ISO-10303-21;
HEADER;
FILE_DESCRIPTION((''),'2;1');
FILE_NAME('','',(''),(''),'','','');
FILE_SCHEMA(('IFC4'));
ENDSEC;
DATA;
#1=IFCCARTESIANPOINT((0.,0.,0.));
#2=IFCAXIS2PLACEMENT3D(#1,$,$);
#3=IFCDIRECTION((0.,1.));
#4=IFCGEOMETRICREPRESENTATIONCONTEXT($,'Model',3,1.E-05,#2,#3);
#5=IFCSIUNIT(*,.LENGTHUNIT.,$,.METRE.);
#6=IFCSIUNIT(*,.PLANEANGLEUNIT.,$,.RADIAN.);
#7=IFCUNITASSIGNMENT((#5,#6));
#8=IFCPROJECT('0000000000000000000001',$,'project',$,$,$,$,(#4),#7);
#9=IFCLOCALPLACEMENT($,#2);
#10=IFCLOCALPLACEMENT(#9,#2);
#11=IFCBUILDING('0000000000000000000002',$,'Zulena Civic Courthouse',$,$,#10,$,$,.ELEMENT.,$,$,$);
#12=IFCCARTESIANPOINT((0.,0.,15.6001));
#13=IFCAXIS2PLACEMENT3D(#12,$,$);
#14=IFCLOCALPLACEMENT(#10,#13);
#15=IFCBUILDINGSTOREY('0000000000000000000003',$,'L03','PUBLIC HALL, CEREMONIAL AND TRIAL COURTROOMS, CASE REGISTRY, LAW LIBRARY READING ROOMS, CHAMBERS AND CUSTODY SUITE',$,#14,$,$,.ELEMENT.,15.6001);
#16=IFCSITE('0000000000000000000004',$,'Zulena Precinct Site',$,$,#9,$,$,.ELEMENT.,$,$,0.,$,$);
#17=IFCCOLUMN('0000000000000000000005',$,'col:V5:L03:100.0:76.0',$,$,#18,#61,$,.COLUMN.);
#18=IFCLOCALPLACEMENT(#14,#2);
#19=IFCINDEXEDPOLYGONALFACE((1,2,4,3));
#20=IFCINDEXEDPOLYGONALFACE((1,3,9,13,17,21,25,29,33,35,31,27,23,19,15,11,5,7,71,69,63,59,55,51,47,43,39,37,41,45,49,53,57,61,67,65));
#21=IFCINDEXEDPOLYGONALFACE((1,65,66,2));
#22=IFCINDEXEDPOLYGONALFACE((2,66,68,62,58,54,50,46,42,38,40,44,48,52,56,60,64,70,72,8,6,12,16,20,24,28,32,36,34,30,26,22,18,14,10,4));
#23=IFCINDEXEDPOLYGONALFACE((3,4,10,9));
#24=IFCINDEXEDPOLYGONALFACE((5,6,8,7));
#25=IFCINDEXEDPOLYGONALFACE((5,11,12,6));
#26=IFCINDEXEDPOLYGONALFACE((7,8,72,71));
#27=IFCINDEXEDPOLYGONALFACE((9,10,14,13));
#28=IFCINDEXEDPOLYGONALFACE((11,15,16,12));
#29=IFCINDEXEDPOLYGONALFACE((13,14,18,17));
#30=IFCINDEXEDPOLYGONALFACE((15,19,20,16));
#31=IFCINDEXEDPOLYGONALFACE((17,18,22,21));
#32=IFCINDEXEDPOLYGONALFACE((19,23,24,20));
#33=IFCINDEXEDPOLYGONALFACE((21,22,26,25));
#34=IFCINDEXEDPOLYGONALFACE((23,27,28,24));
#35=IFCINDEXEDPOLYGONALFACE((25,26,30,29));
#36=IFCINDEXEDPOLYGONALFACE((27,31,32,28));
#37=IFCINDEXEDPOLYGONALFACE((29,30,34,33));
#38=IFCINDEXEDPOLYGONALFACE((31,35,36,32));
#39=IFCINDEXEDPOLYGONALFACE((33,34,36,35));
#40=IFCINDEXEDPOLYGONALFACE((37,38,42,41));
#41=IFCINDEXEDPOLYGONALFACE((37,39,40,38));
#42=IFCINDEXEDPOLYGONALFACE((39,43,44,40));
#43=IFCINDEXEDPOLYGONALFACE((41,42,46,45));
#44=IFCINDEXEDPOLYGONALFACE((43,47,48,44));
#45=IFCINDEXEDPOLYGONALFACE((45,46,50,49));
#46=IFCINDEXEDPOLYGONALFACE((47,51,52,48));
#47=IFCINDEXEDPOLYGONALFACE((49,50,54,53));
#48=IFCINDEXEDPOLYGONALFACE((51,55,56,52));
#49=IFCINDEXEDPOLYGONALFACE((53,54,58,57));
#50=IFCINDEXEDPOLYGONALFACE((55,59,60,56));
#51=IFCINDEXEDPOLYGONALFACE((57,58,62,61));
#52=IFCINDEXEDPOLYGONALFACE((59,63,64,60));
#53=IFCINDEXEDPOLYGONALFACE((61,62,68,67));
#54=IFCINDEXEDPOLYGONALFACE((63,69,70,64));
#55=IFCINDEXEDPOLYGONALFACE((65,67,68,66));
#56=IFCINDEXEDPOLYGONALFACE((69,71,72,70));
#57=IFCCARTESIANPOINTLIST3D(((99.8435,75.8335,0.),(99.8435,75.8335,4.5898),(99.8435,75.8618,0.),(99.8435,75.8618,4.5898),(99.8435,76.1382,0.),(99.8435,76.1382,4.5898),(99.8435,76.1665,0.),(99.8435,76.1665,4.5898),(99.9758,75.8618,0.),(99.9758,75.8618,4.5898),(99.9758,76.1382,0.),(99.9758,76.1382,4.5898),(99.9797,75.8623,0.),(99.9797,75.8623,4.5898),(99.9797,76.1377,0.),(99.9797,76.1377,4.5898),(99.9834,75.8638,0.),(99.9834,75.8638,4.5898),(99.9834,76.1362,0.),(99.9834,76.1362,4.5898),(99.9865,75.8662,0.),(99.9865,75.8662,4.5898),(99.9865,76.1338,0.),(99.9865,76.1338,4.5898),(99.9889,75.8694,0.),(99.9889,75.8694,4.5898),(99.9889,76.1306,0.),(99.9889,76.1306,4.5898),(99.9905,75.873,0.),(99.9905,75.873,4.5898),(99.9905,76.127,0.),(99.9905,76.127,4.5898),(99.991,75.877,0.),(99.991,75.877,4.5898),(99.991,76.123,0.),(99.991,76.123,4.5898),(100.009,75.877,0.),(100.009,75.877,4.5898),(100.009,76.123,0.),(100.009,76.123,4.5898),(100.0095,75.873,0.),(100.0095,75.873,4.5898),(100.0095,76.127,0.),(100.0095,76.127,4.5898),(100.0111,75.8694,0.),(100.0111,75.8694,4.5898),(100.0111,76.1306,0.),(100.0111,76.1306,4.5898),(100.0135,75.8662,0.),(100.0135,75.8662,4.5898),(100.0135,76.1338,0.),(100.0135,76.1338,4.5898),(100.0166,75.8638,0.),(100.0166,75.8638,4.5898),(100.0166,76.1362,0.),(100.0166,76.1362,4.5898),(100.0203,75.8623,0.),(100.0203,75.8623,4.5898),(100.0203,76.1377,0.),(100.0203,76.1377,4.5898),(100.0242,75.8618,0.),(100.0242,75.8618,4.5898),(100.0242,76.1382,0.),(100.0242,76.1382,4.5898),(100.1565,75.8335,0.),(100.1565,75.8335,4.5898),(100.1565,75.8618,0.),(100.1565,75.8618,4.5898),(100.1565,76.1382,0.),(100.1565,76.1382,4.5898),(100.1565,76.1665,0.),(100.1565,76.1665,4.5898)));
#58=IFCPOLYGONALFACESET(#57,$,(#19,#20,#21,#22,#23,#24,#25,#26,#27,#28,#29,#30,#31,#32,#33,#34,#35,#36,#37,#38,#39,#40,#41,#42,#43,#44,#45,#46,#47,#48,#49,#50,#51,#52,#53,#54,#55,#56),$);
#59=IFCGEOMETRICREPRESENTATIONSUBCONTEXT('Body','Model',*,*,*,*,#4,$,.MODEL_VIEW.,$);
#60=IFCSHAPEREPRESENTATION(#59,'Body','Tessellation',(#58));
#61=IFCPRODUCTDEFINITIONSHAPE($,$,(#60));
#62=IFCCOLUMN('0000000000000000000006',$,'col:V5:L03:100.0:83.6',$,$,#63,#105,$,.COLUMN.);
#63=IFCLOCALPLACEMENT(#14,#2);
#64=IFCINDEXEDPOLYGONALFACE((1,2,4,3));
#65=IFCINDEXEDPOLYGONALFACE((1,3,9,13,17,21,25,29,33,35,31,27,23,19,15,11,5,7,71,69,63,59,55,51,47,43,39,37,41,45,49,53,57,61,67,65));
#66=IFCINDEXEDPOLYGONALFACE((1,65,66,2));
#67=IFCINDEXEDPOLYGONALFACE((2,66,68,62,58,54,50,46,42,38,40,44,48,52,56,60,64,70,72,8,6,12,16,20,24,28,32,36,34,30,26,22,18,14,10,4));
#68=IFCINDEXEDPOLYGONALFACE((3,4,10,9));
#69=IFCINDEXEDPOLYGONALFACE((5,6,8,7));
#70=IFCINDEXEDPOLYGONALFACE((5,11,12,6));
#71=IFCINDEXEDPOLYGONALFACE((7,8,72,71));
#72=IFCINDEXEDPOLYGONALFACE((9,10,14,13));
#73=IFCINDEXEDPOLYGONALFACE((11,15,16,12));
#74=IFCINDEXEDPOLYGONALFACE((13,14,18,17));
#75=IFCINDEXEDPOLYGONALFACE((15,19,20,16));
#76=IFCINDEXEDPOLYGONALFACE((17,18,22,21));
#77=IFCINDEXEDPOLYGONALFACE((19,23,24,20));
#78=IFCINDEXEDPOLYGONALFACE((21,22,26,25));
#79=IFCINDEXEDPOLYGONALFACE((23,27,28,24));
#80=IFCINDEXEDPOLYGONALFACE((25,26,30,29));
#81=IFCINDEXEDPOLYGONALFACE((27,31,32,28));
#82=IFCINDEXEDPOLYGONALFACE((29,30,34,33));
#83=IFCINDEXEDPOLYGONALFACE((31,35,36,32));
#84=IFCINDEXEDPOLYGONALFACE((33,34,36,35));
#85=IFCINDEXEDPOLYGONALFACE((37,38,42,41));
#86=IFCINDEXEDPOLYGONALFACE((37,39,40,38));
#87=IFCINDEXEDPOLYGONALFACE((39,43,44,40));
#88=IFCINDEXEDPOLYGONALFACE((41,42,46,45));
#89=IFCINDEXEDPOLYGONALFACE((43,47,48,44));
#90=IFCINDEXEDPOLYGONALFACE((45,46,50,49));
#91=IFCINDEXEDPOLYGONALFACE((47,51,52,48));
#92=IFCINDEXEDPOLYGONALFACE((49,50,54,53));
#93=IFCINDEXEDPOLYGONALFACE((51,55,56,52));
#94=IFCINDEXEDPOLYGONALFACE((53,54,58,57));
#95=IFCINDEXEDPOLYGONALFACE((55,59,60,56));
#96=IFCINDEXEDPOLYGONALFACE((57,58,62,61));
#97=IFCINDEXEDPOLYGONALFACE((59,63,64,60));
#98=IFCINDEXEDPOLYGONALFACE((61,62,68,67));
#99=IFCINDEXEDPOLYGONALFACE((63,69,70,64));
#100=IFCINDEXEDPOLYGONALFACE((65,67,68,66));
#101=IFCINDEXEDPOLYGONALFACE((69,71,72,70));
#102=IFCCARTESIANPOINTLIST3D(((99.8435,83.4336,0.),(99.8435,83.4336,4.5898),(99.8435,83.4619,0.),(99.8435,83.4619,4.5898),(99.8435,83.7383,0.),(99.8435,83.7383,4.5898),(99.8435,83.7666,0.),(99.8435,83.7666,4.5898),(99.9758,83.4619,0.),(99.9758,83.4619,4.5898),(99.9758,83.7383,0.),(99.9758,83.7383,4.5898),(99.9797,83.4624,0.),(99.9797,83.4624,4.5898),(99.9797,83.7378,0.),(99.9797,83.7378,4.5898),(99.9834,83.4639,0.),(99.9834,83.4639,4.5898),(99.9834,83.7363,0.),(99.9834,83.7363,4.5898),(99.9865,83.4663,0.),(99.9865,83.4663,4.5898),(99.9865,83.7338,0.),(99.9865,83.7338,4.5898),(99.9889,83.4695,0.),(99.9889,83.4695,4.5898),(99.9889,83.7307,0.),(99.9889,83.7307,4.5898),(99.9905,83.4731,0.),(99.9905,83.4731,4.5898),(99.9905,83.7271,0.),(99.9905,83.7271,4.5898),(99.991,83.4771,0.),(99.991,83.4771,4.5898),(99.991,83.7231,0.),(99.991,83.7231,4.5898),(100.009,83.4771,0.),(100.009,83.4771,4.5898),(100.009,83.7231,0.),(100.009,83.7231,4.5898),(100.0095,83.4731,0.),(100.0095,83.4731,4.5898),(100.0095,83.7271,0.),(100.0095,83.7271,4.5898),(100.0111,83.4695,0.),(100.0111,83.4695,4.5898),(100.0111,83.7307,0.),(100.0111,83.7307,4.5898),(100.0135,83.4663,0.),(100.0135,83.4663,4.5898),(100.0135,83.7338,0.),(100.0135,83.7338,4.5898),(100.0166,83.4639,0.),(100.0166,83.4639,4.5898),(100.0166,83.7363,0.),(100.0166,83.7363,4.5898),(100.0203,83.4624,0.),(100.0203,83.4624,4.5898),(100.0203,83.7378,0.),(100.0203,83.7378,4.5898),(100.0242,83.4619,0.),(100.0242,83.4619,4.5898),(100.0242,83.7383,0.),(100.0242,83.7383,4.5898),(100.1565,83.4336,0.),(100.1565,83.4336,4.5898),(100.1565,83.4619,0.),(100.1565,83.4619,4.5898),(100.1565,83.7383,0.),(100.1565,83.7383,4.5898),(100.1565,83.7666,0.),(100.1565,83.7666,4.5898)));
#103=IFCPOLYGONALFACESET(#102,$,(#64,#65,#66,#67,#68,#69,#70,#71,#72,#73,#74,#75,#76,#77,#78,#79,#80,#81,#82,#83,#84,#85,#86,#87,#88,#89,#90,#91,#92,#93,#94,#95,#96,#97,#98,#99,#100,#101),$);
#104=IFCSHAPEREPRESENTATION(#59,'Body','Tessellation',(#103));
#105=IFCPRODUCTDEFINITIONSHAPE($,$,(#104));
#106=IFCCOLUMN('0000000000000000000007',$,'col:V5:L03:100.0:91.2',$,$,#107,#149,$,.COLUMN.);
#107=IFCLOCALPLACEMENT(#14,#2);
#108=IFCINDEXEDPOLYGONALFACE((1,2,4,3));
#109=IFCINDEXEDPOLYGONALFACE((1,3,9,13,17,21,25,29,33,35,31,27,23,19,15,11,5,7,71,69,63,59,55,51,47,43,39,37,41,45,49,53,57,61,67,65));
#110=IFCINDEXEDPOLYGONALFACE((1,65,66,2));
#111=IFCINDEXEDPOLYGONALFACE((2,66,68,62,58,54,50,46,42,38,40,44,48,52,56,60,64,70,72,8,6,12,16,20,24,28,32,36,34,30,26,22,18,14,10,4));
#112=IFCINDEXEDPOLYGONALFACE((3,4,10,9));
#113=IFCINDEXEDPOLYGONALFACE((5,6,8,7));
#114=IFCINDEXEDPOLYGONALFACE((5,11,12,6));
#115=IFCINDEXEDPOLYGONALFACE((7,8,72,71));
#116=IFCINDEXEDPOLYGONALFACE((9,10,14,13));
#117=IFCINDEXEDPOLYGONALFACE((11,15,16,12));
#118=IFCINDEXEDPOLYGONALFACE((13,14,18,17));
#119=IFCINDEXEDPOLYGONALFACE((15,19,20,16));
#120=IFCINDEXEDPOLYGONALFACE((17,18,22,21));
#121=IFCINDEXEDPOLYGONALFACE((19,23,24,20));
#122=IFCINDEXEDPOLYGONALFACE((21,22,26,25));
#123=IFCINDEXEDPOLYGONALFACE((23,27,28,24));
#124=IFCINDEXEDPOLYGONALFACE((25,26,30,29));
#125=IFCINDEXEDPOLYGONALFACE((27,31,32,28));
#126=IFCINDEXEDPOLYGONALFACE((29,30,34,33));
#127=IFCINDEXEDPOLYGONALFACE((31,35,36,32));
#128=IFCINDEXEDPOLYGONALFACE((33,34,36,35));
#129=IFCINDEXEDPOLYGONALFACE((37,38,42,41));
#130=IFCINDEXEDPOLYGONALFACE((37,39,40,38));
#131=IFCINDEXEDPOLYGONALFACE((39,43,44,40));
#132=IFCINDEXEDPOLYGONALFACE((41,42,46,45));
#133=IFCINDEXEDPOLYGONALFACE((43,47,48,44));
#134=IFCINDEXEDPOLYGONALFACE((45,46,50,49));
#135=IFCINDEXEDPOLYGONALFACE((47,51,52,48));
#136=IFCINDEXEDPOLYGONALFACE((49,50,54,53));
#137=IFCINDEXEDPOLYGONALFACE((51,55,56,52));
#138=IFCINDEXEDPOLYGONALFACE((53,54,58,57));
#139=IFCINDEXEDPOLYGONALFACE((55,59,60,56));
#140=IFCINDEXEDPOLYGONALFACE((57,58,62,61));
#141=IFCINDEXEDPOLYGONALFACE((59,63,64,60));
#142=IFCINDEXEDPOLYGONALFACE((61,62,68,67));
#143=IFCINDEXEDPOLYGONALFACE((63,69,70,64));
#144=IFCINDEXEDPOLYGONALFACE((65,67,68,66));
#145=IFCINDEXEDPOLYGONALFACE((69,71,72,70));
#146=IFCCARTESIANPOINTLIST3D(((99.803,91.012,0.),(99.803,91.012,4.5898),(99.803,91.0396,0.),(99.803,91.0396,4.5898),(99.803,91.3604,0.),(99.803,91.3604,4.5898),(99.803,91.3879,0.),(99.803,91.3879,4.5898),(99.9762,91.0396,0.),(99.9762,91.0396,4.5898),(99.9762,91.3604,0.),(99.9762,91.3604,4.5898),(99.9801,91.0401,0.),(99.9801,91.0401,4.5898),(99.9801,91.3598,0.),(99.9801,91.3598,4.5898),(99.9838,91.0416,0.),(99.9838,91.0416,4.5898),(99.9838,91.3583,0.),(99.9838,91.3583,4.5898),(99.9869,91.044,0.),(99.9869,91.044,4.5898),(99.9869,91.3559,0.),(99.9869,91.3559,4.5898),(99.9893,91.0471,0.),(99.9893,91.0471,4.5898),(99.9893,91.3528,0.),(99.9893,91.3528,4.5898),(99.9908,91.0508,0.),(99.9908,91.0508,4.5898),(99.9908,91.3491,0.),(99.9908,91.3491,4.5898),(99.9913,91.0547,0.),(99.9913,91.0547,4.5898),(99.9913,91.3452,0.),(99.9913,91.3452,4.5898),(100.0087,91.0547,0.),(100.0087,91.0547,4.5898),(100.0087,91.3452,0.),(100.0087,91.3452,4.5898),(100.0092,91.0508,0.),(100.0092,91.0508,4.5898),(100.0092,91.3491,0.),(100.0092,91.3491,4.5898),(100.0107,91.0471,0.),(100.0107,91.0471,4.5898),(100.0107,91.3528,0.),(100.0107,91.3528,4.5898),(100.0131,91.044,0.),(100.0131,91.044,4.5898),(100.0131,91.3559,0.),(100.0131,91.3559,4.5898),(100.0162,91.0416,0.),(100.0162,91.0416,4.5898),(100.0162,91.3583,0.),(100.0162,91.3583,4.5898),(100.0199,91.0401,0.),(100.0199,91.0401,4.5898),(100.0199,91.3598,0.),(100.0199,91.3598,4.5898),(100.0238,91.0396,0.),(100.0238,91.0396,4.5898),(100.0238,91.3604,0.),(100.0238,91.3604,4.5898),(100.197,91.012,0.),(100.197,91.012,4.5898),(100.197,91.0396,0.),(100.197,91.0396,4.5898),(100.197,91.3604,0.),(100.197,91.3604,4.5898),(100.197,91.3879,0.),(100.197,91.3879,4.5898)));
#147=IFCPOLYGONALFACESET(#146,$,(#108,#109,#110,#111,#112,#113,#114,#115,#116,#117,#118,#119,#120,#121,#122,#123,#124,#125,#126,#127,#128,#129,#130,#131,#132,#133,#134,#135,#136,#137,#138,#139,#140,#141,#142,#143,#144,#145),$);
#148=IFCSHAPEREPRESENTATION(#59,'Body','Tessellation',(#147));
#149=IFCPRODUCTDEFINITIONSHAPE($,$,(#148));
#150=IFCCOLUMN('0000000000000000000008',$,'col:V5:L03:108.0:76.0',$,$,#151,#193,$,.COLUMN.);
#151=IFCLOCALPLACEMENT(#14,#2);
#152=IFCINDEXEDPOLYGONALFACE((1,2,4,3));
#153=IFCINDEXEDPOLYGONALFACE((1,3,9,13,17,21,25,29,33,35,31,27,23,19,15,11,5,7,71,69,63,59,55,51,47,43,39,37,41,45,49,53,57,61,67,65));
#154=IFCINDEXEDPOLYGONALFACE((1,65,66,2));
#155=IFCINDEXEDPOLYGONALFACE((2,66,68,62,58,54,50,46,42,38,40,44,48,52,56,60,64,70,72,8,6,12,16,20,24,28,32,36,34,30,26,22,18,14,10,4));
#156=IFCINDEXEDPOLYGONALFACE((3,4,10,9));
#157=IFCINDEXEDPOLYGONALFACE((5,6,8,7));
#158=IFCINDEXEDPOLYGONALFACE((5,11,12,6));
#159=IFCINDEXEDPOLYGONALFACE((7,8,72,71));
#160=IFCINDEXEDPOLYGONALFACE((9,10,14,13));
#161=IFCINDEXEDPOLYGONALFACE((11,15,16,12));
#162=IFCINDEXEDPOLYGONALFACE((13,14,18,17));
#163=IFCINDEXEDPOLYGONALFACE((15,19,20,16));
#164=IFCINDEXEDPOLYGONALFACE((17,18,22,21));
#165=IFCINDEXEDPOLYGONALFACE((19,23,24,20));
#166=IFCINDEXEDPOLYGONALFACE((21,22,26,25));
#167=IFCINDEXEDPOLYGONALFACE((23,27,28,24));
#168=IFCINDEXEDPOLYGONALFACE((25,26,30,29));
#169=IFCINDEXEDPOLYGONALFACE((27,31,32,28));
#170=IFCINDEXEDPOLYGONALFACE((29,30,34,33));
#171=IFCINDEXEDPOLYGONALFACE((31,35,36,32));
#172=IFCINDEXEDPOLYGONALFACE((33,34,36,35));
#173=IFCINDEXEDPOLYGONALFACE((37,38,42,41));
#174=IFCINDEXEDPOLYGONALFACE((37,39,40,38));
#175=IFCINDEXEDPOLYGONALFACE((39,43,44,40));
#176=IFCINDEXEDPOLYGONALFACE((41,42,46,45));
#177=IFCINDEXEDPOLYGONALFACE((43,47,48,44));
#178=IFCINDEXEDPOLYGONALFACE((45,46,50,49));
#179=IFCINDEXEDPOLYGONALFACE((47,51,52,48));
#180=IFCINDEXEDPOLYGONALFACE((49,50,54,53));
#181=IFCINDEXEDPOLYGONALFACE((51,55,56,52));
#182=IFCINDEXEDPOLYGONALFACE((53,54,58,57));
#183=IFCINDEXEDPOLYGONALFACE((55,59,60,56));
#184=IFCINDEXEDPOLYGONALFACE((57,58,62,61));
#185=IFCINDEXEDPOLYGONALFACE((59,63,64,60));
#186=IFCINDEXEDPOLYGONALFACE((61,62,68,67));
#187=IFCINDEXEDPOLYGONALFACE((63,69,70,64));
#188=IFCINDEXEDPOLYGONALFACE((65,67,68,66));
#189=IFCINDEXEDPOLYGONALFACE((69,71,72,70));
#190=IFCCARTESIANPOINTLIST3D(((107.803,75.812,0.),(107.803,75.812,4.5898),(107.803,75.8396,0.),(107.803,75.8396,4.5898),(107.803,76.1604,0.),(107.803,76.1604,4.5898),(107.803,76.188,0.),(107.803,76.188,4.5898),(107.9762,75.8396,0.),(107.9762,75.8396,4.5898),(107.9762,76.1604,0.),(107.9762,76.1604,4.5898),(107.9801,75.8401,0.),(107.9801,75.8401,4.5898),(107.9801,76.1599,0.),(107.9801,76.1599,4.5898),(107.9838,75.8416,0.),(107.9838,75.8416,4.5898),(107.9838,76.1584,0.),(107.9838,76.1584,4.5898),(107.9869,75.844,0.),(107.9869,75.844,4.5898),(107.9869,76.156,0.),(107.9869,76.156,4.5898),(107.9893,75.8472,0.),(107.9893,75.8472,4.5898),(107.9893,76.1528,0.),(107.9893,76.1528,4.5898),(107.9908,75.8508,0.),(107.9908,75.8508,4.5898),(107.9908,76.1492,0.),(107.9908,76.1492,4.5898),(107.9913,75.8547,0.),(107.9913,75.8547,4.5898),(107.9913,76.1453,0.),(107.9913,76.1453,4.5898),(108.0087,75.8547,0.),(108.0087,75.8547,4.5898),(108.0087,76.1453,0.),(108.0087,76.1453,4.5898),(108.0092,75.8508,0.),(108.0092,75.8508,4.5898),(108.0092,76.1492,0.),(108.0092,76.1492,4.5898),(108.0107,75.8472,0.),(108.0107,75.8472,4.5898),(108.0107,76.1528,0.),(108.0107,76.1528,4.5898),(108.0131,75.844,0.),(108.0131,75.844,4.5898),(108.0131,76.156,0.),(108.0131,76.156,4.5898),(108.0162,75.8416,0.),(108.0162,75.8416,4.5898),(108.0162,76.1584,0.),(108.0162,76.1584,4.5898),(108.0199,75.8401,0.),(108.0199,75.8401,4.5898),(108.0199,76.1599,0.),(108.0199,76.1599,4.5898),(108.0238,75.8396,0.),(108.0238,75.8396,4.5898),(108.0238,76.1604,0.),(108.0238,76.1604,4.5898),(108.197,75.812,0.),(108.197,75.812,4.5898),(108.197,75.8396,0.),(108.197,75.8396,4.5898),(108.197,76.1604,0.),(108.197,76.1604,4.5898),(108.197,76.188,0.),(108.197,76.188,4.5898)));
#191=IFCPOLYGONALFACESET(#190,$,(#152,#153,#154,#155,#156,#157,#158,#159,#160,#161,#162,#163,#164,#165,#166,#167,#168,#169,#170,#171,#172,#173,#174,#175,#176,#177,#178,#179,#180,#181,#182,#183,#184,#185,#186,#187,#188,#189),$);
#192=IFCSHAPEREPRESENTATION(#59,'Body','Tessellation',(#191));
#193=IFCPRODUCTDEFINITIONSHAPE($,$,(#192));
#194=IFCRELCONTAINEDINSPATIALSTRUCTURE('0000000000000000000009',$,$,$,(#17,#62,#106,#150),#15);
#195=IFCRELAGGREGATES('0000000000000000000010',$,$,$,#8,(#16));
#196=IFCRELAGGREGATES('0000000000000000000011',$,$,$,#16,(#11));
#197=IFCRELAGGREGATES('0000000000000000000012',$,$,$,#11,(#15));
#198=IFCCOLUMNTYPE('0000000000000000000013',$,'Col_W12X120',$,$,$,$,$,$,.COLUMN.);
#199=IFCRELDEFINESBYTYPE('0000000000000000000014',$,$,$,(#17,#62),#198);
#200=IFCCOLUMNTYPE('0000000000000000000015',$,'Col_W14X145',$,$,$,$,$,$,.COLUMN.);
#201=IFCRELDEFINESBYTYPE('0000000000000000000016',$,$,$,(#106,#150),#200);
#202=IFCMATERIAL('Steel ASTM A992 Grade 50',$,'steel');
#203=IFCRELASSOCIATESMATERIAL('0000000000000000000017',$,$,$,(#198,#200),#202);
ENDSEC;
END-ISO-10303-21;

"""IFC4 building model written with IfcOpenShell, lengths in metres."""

from ifc_helpers import new_model, si_unit, direction, frame, origin, origin_2d, place, context, subcontext, project, spatial, i_section, extrude, material, material_profile, profile_set, type_object, element, save


model = new_model("IFC4")

# Units and contexts
model_context = context("Model", 3, precision=1e-05, world=origin(), true_north=direction((0.0, 1.0)))
body_context = subcontext(model_context, "Body", "Model", "MODEL_VIEW")
ifc_project = project(units=[si_unit("LENGTHUNIT", "METRE"), si_unit("PLANEANGLEUNIT", "RADIAN")], contexts=[model_context])

# Site, building, storey
site_placement = place(None, origin())
site = spatial("IfcSite", under=ifc_project, at=site_placement, Name="Zulena Precinct Site", CompositionType="ELEMENT", RefElevation=0.0)
building_placement = place(site_placement, origin())
building = spatial("IfcBuilding", under=site, at=building_placement, Name="Zulena Civic Courthouse", CompositionType="ELEMENT")
storey_placement = place(building_placement, frame((0.0, 0.0, 15.6001)))
storey = spatial("IfcBuildingStorey", under=building, at=storey_placement, Name="L03", Description="PUBLIC HALL, CEREMONIAL AND TRIAL COURTROOMS, CASE REGISTRY, LAW LIBRARY READING ROOMS, CHAMBERS AND CUSTODY SUITE", CompositionType="ELEMENT", Elevation=15.6001)

# Columns
ifc_material_1 = material(Name="Steel ASTM A992 Grade 50", Category="steel")
ifc_material_profile_1 = material_profile(ifc_material_1, i_section(OverallWidth=0.313, OverallDepth=0.333, WebThickness=0.0181, FlangeThickness=0.0283, FilletRadius=0.0151, at=origin_2d()), Name="W12X120")
ifc_profile_set_1 = profile_set([ifc_material_profile_1], Name="Steel ASTM A992 Grade 50")
column_type_1 = type_object("IfcColumnType", Name="Col_W12X120", PredefinedType="COLUMN", material=ifc_profile_set_1)
for number, where, z_axis, x_axis, name in (
    (1, (100.0, 76.0, 0.0), (0.0, 0.0, 1.0), (1.0, 0.0, 0.0), "col:V5:L03:100.0:76.0"),
    (2, (100.0, 83.6001, 0.0), (0.0, 0.0, 1.0), (1.0, 0.0, 0.0), "col:V5:L03:100.0:83.6"),
):
    element("IfcColumn", number, at=place(storey_placement, frame(where, z_axis=z_axis, x_axis=x_axis)), inside=storey, type_object=column_type_1, Name=name, PredefinedType="COLUMN", context=body_context, shape_type="SweptSolid", body=[
        extrude(i_section(OverallWidth=0.313, OverallDepth=0.333, WebThickness=0.0181, FlangeThickness=0.0283, FilletRadius=0.0151, at=origin_2d()), origin(), (0.0, 0.0, 1.0), 4.5898),
    ])
ifc_material_profile_2 = material_profile(ifc_material_1, i_section(OverallWidth=0.394, OverallDepth=0.376, WebThickness=0.0173, FlangeThickness=0.0276, FilletRadius=0.0151, at=origin_2d()), Name="W14X145")
ifc_profile_set_2 = profile_set([ifc_material_profile_2], Name="Steel ASTM A992 Grade 50")
column_type_2 = type_object("IfcColumnType", Name="Col_W14X145", PredefinedType="COLUMN", material=ifc_profile_set_2)
for number, where, z_axis, x_axis, name in (
    (3, (100.0, 91.2, 0.0), (0.0, 0.0, 1.0), (1.0, 0.0, 0.0), "col:V5:L03:100.0:91.2"),
    (4, (108.0, 76.0, 0.0), (0.0, 0.0, 1.0), (1.0, 0.0, 0.0), "col:V5:L03:108.0:76.0"),
):
    element("IfcColumn", number, at=place(storey_placement, frame(where, z_axis=z_axis, x_axis=x_axis)), inside=storey, type_object=column_type_2, Name=name, PredefinedType="COLUMN", context=body_context, shape_type="SweptSolid", body=[
        extrude(i_section(OverallWidth=0.394, OverallDepth=0.376, WebThickness=0.0173, FlangeThickness=0.0276, FilletRadius=0.0151, at=origin_2d()), origin(), (0.0, 0.0, 1.0), 4.5898),
    ])

save(model, "model.ifc")
